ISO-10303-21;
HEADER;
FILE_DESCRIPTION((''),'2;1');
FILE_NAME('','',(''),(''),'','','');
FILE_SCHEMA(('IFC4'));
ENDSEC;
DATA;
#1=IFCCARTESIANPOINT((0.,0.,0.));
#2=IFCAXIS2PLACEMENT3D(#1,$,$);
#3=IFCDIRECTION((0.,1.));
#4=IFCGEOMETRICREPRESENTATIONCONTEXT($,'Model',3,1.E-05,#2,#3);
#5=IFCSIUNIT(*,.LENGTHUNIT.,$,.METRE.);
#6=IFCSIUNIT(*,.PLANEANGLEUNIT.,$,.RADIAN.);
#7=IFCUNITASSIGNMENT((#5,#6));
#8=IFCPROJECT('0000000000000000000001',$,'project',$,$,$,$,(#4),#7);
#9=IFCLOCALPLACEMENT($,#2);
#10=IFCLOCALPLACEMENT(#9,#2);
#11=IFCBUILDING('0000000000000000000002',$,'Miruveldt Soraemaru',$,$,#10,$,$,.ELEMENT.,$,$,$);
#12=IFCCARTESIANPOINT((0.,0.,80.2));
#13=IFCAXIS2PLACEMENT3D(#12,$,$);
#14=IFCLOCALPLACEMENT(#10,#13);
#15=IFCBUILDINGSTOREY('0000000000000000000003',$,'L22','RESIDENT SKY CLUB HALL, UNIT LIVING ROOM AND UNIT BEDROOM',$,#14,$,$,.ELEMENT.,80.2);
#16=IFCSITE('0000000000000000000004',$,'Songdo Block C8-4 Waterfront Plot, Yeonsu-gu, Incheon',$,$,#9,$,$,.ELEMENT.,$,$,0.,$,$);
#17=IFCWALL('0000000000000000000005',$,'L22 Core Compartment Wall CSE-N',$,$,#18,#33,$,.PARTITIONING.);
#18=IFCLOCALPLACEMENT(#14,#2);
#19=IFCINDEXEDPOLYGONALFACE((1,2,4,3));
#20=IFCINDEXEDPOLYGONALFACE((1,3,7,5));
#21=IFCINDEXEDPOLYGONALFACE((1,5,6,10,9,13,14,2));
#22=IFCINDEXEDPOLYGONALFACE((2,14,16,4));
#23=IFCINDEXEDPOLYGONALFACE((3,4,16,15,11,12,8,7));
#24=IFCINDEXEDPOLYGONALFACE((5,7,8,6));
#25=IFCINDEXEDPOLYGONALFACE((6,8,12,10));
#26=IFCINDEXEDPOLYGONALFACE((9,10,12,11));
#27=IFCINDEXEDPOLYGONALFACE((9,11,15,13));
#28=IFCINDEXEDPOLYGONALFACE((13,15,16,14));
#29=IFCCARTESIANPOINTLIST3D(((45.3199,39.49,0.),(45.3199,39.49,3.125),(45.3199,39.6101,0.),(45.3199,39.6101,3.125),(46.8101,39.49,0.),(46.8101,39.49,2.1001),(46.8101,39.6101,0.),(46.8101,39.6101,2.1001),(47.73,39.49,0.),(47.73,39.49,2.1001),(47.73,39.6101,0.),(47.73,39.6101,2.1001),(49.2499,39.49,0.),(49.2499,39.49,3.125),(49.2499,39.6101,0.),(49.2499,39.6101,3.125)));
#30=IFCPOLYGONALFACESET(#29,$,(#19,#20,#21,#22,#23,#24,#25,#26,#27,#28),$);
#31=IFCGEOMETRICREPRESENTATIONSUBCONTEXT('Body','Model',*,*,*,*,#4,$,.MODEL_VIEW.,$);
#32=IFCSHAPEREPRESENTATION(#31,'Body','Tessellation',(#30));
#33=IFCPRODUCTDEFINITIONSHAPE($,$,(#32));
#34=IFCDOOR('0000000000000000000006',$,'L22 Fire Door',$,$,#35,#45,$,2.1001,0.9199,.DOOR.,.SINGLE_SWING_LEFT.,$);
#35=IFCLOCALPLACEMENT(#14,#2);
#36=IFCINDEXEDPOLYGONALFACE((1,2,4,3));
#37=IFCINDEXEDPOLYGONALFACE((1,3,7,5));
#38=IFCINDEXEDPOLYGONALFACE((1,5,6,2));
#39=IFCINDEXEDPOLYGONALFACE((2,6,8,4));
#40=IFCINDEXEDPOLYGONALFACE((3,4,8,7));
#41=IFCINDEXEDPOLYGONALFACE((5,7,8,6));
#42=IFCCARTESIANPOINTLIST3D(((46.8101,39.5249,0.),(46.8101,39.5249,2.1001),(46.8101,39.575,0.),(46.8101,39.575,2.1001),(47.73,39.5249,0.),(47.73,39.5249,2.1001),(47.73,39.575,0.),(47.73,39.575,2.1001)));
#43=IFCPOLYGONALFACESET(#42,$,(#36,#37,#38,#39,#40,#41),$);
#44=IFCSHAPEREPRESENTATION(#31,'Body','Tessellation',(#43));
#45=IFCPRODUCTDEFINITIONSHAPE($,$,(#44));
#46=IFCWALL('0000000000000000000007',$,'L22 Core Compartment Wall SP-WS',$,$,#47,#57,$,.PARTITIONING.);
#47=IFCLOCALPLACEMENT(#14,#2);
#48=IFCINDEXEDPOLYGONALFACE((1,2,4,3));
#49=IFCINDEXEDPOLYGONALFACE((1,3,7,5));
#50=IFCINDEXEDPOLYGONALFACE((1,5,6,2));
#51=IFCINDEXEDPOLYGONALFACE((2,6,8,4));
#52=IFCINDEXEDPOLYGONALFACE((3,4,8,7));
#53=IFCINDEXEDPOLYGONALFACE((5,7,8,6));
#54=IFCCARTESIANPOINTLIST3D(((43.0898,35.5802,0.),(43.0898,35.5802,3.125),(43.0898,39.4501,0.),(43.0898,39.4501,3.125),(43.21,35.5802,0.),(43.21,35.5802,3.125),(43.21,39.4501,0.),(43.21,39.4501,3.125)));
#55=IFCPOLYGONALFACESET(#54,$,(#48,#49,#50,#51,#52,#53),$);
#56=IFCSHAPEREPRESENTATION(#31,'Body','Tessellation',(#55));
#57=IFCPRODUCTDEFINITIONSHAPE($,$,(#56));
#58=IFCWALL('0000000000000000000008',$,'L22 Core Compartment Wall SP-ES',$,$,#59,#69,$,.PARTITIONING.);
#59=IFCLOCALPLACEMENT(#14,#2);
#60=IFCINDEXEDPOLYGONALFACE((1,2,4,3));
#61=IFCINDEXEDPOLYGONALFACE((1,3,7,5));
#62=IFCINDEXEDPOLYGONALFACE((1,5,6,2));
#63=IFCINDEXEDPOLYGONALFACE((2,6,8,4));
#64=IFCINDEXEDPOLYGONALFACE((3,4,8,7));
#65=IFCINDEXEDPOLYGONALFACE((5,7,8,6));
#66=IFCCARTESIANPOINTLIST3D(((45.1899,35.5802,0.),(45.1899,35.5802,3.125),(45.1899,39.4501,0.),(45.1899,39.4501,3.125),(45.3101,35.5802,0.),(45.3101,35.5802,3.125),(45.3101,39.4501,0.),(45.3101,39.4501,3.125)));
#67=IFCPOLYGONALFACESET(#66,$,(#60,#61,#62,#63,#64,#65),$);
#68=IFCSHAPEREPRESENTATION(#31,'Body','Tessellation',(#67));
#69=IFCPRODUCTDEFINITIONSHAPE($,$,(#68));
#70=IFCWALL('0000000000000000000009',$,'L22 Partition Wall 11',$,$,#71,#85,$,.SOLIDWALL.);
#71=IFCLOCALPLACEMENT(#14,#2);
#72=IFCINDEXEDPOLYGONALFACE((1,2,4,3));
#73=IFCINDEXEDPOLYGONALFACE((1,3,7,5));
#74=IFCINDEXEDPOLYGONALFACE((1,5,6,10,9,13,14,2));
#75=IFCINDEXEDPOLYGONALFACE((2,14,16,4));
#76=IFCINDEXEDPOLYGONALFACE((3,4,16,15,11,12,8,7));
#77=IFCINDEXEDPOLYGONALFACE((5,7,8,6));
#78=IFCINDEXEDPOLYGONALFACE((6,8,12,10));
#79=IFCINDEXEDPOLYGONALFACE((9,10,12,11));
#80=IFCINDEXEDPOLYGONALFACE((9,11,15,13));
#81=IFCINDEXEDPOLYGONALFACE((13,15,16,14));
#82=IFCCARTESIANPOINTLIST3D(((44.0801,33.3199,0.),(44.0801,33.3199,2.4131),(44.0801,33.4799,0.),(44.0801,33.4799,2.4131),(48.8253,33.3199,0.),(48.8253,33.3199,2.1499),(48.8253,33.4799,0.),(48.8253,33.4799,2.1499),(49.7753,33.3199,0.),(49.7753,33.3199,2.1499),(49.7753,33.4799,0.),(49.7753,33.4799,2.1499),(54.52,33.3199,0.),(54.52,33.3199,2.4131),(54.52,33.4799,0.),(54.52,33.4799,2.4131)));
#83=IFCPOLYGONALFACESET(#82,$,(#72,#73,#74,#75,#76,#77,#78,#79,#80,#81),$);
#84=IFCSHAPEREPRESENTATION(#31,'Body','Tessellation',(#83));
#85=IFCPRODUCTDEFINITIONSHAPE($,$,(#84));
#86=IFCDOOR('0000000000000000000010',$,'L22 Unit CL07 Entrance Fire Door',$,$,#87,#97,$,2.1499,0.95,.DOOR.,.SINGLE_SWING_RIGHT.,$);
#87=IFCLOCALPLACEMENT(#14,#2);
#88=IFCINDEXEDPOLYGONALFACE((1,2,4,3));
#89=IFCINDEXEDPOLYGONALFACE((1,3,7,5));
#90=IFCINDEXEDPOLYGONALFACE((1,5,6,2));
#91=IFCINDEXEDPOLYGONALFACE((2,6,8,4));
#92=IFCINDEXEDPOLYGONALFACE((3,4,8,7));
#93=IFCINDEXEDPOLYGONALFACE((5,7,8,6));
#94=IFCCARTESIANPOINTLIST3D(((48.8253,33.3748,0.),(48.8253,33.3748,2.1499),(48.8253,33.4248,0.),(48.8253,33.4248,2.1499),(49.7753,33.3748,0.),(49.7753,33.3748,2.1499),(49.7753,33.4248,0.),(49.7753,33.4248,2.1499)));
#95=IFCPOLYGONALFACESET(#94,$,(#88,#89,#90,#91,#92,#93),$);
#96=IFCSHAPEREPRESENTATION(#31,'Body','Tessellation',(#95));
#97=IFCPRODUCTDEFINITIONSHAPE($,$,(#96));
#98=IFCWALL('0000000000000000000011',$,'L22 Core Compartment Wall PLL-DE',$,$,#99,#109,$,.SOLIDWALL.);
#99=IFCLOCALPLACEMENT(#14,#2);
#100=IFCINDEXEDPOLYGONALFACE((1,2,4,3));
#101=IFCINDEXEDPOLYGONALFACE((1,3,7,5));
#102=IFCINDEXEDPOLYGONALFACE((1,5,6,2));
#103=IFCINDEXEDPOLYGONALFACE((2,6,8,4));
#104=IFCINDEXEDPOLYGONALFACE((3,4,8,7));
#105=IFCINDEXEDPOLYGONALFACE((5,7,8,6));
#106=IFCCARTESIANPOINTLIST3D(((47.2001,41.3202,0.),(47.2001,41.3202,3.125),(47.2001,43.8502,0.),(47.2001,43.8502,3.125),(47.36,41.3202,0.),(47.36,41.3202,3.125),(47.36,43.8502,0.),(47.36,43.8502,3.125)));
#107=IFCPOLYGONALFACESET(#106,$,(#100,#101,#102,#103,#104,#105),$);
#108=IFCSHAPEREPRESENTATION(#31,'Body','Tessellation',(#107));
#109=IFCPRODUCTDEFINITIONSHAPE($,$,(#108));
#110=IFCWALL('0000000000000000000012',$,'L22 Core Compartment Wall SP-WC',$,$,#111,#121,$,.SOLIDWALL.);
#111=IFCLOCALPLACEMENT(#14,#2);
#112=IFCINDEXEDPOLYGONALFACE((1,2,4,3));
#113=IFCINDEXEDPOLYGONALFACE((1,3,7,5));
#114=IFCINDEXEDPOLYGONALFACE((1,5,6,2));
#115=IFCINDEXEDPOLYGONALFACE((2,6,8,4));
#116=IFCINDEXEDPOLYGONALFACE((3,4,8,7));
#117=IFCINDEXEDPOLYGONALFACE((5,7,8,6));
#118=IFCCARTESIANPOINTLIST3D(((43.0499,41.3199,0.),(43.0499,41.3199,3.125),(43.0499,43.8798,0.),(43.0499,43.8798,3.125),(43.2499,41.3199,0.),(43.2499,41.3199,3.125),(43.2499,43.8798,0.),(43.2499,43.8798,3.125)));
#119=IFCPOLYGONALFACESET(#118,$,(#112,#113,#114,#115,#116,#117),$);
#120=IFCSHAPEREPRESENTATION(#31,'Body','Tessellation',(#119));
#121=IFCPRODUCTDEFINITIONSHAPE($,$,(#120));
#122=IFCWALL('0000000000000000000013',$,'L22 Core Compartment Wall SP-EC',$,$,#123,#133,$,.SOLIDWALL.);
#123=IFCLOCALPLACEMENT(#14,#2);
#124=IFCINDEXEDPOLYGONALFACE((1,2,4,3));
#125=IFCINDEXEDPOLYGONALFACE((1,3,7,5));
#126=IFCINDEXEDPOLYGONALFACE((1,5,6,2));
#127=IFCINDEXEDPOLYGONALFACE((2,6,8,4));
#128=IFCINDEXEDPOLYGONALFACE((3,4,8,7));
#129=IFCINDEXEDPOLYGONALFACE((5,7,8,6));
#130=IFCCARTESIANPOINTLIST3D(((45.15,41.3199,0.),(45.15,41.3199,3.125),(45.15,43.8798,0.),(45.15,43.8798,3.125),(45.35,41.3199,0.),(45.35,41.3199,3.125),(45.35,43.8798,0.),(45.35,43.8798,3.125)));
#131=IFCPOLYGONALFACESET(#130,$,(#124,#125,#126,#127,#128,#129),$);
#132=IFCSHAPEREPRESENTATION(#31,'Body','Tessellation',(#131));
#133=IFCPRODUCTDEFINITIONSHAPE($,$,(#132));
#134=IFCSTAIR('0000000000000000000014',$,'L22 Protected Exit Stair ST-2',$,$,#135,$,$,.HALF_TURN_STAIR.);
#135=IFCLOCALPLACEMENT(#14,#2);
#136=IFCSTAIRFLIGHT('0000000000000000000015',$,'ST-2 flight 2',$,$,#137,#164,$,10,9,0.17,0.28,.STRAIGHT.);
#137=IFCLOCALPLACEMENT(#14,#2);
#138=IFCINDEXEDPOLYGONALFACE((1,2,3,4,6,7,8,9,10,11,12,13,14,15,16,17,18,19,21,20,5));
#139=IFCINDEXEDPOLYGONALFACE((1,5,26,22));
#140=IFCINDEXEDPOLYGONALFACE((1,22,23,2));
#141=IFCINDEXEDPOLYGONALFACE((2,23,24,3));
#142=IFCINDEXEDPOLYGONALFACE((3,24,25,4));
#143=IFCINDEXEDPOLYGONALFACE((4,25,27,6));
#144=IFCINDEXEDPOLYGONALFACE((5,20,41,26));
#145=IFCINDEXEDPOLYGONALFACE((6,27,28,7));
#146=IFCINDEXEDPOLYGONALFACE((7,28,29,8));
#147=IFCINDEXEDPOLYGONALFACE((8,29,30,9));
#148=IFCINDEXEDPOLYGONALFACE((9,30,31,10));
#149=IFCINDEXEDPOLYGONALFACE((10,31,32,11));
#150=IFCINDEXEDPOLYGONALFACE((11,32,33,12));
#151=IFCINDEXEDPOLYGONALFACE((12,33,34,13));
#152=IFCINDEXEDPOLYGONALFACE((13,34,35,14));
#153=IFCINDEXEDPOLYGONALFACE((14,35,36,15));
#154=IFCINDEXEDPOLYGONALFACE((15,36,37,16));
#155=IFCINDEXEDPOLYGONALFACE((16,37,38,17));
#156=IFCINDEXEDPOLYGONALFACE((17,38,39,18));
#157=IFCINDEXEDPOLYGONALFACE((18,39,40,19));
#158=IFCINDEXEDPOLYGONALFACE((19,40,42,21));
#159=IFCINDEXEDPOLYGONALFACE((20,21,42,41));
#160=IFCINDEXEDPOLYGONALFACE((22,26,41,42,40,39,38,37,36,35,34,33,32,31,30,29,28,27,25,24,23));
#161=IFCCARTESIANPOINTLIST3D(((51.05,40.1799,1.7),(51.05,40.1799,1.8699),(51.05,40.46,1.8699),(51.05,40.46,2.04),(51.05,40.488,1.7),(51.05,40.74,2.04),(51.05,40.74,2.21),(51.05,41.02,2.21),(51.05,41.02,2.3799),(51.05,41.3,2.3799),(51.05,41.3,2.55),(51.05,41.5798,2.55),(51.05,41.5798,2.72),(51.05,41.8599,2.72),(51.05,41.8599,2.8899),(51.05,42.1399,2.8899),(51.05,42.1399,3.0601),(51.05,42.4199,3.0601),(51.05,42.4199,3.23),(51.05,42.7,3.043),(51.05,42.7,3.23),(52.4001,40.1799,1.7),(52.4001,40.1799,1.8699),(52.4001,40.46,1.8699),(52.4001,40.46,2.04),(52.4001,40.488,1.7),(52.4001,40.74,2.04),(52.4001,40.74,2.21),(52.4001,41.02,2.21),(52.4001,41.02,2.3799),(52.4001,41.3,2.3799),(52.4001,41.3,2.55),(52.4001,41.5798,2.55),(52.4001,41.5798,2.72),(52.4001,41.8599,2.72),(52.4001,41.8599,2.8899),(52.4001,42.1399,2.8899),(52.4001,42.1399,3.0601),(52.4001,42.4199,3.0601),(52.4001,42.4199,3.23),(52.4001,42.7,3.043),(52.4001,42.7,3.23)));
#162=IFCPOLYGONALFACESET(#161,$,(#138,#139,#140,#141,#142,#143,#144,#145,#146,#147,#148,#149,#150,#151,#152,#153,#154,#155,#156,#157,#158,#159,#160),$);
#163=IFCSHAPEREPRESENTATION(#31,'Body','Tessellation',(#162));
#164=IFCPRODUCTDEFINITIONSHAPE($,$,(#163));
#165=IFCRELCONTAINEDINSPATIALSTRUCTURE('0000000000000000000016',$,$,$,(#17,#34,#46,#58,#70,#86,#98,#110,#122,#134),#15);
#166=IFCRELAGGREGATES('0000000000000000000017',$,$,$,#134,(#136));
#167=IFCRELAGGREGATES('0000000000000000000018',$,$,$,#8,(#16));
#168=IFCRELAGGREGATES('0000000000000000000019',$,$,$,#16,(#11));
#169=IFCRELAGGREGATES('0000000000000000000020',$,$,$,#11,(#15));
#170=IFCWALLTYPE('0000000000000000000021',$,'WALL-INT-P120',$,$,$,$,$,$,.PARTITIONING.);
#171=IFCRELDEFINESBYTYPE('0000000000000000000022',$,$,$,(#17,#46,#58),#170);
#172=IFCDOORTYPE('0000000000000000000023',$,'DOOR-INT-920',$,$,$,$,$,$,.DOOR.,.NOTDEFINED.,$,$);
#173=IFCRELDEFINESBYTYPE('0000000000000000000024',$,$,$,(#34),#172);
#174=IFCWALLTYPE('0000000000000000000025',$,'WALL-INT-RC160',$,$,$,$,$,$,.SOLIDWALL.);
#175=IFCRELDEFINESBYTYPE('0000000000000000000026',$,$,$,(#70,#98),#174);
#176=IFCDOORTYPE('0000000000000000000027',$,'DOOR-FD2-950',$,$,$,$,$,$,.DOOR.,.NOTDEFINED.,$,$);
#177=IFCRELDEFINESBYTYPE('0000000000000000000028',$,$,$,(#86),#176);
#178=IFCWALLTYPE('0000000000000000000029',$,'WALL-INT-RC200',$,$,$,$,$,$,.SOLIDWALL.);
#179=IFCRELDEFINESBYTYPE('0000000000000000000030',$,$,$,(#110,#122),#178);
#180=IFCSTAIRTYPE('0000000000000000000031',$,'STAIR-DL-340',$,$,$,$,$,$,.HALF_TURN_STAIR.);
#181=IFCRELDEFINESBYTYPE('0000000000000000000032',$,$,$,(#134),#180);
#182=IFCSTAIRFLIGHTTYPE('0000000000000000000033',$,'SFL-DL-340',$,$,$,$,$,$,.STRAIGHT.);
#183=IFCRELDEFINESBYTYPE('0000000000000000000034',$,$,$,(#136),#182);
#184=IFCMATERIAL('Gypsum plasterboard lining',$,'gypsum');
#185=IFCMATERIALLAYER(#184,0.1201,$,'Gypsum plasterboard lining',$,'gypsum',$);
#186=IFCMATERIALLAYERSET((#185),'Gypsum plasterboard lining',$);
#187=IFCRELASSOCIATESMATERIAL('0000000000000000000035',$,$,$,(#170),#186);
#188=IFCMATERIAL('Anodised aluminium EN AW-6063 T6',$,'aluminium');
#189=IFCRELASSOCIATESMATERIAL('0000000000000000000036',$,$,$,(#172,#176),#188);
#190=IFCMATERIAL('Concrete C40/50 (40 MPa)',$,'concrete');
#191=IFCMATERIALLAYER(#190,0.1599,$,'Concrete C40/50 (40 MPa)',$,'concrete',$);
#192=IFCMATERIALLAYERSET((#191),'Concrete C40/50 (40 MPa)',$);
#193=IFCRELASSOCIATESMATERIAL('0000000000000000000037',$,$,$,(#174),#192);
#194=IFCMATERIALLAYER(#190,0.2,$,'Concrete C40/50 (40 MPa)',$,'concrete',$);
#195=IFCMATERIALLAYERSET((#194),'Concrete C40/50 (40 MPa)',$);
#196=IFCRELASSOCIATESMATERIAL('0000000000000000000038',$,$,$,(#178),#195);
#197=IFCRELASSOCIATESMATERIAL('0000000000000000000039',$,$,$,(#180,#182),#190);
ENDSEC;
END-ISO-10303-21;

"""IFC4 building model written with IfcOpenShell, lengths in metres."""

from ifc_helpers import new_model, si_unit, direction, frame, frame_2d, origin, place, context, subcontext, project, spatial, polyline, rectangle, outline, extrude, material, layer, layer_set, type_object, element, fill, aggregate, save


model = new_model("IFC4")

# Units and contexts
model_context = context("Model", 3, precision=1e-05, world=origin(), true_north=direction((0.0, 1.0)))
body_context = subcontext(model_context, "Body", "Model", "MODEL_VIEW")
ifc_project = project(units=[si_unit("LENGTHUNIT", "METRE"), si_unit("PLANEANGLEUNIT", "RADIAN")], contexts=[model_context])

# Site, building, storey
site_placement = place(None, origin())
site = spatial("IfcSite", under=ifc_project, at=site_placement, Name="Songdo Block C8-4 Waterfront Plot, Yeonsu-gu, Incheon", CompositionType="ELEMENT", RefElevation=0.0)
building_placement = place(site_placement, origin())
building = spatial("IfcBuilding", under=site, at=building_placement, Name="Miruveldt Soraemaru", CompositionType="ELEMENT")
storey_placement = place(building_placement, frame((0.0, 0.0, 80.2)))
storey = spatial("IfcBuildingStorey", under=building, at=storey_placement, Name="L22", Description="RESIDENT SKY CLUB HALL, UNIT LIVING ROOM AND UNIT BEDROOM", CompositionType="ELEMENT", Elevation=80.2)

# Wall, opening, door
ifc_material_1 = material(Name="Gypsum plasterboard lining", Category="gypsum")
ifc_layer_1 = layer(ifc_material_1, 0.1201, Name="Gypsum plasterboard lining", Category="gypsum")
ifc_layer_set_1 = layer_set([ifc_layer_1], Name="Gypsum plasterboard lining")
wall_type_1 = type_object("IfcWallType", Name="WALL-INT-P120", PredefinedType="PARTITIONING", material=ifc_layer_set_1)
wall_1_placement = place(storey_placement, frame((45.3201, 39.55, 0.0), z_axis=(0.0, 0.0, 1.0), x_axis=(1.0, 0.0, 0.0)))
wall_1 = element("IfcWall", 1, at=wall_1_placement, inside=storey, type_object=wall_type_1, Name="L22 Core Compartment Wall CSE-N", PredefinedType="PARTITIONING", context=body_context, shape_type="SweptSolid", body=[
    extrude(rectangle(XDim=3.9299, YDim=0.1201, at=frame_2d((1.9648, 0.0))), origin(), (0.0, 0.0, 1.0), 3.125),
])
opening_1_placement = place(wall_1_placement, frame((1.49, 0.0, 0.0)))
opening_1 = element("IfcOpeningElement", 2, at=opening_1_placement, cuts=wall_1, PredefinedType="OPENING", context=body_context, shape_type="SweptSolid", body=[
    extrude(rectangle(XDim=0.9199, YDim=2.1001, at=frame_2d((0.46, 1.05))), frame((0.0, 0.0701, 0.0), z_axis=(0.0, -1.0, 0.0), x_axis=(1.0, 0.0, 0.0)), (0.0, 0.0, 1.0), 0.1401),
])
ifc_material_2 = material(Name="Anodised aluminium EN AW-6063 T6", Category="aluminium")
door_type_1 = type_object("IfcDoorType", Name="DOOR-INT-920", OperationType="NOTDEFINED", PredefinedType="DOOR", material=ifc_material_2)
door_1_placement = place(opening_1_placement, origin())
door_1 = element("IfcDoor", 3, at=door_1_placement, inside=storey, type_object=door_type_1, Name="L22 Fire Door", OperationType="SINGLE_SWING_LEFT", OverallHeight=2.1001, OverallWidth=0.9199, PredefinedType="DOOR", context=body_context, shape_type="SweptSolid", body=[
    extrude(rectangle(XDim=0.9199, YDim=2.1001, at=frame_2d((0.46, 1.05))), frame((0.0, 0.0249, 0.0), z_axis=(0.0, -1.0, 0.0), x_axis=(1.0, 0.0, 0.0)), (0.0, 0.0, 1.0), 0.05),
])
fill(opening_1, door_1)

# Walls
for number, where, z_axis, x_axis, name in (
    (4, (43.1499, 35.5801, 0.0), (0.0, 0.0, 1.0), (0.0, 1.0, 0.0), "L22 Core Compartment Wall SP-WS"),
    (5, (45.25, 35.5801, 0.0), (0.0, 0.0, 1.0), (0.0, 1.0, 0.0), "L22 Core Compartment Wall SP-ES"),
):
    element("IfcWall", number, at=place(storey_placement, frame(where, z_axis=z_axis, x_axis=x_axis)), inside=storey, type_object=wall_type_1, Name=name, PredefinedType="PARTITIONING", context=body_context, shape_type="SweptSolid", body=[
        extrude(rectangle(XDim=3.8699, YDim=0.1201, at=frame_2d((1.9351, 0.0))), origin(), (0.0, 0.0, 1.0), 3.125),
    ])

# Wall, opening, door
ifc_material_3 = material(Name="Concrete C40/50 (40 MPa)", Category="concrete")
ifc_layer_2 = layer(ifc_material_3, 0.1599, Name="Concrete C40/50 (40 MPa)", Category="concrete")
ifc_layer_set_2 = layer_set([ifc_layer_2], Name="Concrete C40/50 (40 MPa)")
wall_type_2 = type_object("IfcWallType", Name="WALL-INT-RC160", PredefinedType="SOLIDWALL", material=ifc_layer_set_2)
wall_2_placement = place(storey_placement, frame((44.0801, 33.3999, 0.0), z_axis=(0.0, 0.0, 1.0), x_axis=(1.0, 0.0, 0.0)))
wall_2 = element("IfcWall", 6, at=wall_2_placement, inside=storey, type_object=wall_type_2, Name="L22 Partition Wall 11", PredefinedType="SOLIDWALL", context=body_context, shape_type="SweptSolid", body=[
    extrude(rectangle(XDim=10.4399, YDim=0.1599, at=frame_2d((5.22, 0.0))), origin(), (0.0, 0.0, 1.0), 2.4131),
])
opening_2_placement = place(wall_2_placement, frame((4.7451, 0.0, 0.0)))
opening_2 = element("IfcOpeningElement", 7, at=opening_2_placement, cuts=wall_2, PredefinedType="OPENING", context=body_context, shape_type="SweptSolid", body=[
    extrude(rectangle(XDim=0.95, YDim=2.1499, at=frame_2d((0.4751, 1.075))), frame((0.0, 0.0898, 0.0), z_axis=(0.0, -1.0, 0.0), x_axis=(1.0, 0.0, 0.0)), (0.0, 0.0, 1.0), 0.1799),
])
door_type_2 = type_object("IfcDoorType", Name="DOOR-FD2-950", OperationType="NOTDEFINED", PredefinedType="DOOR", material=ifc_material_2)
door_2_placement = place(opening_2_placement, origin())
door_2 = element("IfcDoor", 8, at=door_2_placement, inside=storey, type_object=door_type_2, Name="L22 Unit CL07 Entrance Fire Door", OperationType="SINGLE_SWING_RIGHT", OverallHeight=2.1499, OverallWidth=0.95, PredefinedType="DOOR", context=body_context, shape_type="SweptSolid", body=[
    extrude(rectangle(XDim=0.95, YDim=2.1499, at=frame_2d((0.4751, 1.075))), frame((0.0, 0.0249, 0.0), z_axis=(0.0, -1.0, 0.0), x_axis=(1.0, 0.0, 0.0)), (0.0, 0.0, 1.0), 0.05),
])
fill(opening_2, door_2)

# Wall
wall_3_placement = place(storey_placement, frame((47.28, 41.3201, 0.0), z_axis=(0.0, 0.0, 1.0), x_axis=(0.0, 1.0, 0.0)))
element("IfcWall", 9, at=wall_3_placement, inside=storey, type_object=wall_type_2, Name="L22 Core Compartment Wall PLL-DE", PredefinedType="SOLIDWALL", context=body_context, shape_type="SweptSolid", body=[
    extrude(rectangle(XDim=2.53, YDim=0.1599, at=frame_2d((1.2651, 0.0))), origin(), (0.0, 0.0, 1.0), 3.125),
])

# Shared definitions
ifc_layer_3 = layer(ifc_material_3, 0.2, Name="Concrete C40/50 (40 MPa)", Category="concrete")
ifc_layer_set_3 = layer_set([ifc_layer_3], Name="Concrete C40/50 (40 MPa)")
wall_type_3 = type_object("IfcWallType", Name="WALL-INT-RC200", PredefinedType="SOLIDWALL", material=ifc_layer_set_3)

# Walls
for number, where, z_axis, x_axis, name in (
    (10, (43.1499, 41.3201, 0.0), (0.0, 0.0, 1.0), (0.0, 1.0, 0.0), "L22 Core Compartment Wall SP-WC"),
    (11, (45.25, 41.3201, 0.0), (0.0, 0.0, 1.0), (0.0, 1.0, 0.0), "L22 Core Compartment Wall SP-EC"),
):
    element("IfcWall", number, at=place(storey_placement, frame(where, z_axis=z_axis, x_axis=x_axis)), inside=storey, type_object=wall_type_3, Name=name, PredefinedType="SOLIDWALL", context=body_context, shape_type="SweptSolid", body=[
        extrude(rectangle(XDim=2.5598, YDim=0.2, at=frame_2d((1.2798, 0.0))), origin(), (0.0, 0.0, 1.0), 3.125),
    ])

# Stair, stair flight
stair_type = type_object("IfcStairType", Name="STAIR-DL-340", PredefinedType="HALF_TURN_STAIR", material=ifc_material_3)
stair_placement = place(storey_placement, origin())
stair = element("IfcStair", 12, at=stair_placement, inside=storey, type_object=stair_type, Name="L22 Protected Exit Stair ST-2", PredefinedType="HALF_TURN_STAIR")
stair_flight_type = type_object("IfcStairFlightType", Name="SFL-DL-340", PredefinedType="STRAIGHT", material=ifc_material_3)
stair_flight_placement = place(storey_placement, frame((51.7251, 40.1799, 1.7), z_axis=(0.0, 0.0, 1.0), x_axis=(0.0, 1.0, 0.0)))
stair_flight = element("IfcStairFlight", 13, at=stair_flight_placement, type_object=stair_flight_type, Name="ST-2 flight 2", NumberOfRisers=10, NumberOfTreads=9, PredefinedType="STRAIGHT", RiserHeight=0.17, TreadLength=0.28, context=body_context, shape_type="SweptSolid", body=[
    extrude(outline(polyline([(0.0, 0.0), (0.0, 0.1699), (0.28, 0.1699), (0.28, 0.3401), (0.5601, 0.3401), (0.5601, 0.51), (0.8401, 0.51), (0.8401, 0.6799), (1.1201, 0.6799), (1.1201, 0.8501), (1.3999, 0.8501), (1.3999, 1.02), (1.6799, 1.02), (1.6799, 1.1899), (1.96, 1.1899), (1.96, 1.3601), (2.24, 1.3601), (2.24, 1.53), (2.52, 1.53), (2.52, 1.7), (2.52, 1.343), (0.3081, 0.0), (0.0, 0.0)])), frame((0.0, 0.675, 0.0), z_axis=(0.0, -1.0, 0.0), x_axis=(1.0, 0.0, 0.0)), (0.0, 0.0, 1.0), 1.3501),
])
aggregate(stair, [stair_flight])

save(model, "model.ifc")
